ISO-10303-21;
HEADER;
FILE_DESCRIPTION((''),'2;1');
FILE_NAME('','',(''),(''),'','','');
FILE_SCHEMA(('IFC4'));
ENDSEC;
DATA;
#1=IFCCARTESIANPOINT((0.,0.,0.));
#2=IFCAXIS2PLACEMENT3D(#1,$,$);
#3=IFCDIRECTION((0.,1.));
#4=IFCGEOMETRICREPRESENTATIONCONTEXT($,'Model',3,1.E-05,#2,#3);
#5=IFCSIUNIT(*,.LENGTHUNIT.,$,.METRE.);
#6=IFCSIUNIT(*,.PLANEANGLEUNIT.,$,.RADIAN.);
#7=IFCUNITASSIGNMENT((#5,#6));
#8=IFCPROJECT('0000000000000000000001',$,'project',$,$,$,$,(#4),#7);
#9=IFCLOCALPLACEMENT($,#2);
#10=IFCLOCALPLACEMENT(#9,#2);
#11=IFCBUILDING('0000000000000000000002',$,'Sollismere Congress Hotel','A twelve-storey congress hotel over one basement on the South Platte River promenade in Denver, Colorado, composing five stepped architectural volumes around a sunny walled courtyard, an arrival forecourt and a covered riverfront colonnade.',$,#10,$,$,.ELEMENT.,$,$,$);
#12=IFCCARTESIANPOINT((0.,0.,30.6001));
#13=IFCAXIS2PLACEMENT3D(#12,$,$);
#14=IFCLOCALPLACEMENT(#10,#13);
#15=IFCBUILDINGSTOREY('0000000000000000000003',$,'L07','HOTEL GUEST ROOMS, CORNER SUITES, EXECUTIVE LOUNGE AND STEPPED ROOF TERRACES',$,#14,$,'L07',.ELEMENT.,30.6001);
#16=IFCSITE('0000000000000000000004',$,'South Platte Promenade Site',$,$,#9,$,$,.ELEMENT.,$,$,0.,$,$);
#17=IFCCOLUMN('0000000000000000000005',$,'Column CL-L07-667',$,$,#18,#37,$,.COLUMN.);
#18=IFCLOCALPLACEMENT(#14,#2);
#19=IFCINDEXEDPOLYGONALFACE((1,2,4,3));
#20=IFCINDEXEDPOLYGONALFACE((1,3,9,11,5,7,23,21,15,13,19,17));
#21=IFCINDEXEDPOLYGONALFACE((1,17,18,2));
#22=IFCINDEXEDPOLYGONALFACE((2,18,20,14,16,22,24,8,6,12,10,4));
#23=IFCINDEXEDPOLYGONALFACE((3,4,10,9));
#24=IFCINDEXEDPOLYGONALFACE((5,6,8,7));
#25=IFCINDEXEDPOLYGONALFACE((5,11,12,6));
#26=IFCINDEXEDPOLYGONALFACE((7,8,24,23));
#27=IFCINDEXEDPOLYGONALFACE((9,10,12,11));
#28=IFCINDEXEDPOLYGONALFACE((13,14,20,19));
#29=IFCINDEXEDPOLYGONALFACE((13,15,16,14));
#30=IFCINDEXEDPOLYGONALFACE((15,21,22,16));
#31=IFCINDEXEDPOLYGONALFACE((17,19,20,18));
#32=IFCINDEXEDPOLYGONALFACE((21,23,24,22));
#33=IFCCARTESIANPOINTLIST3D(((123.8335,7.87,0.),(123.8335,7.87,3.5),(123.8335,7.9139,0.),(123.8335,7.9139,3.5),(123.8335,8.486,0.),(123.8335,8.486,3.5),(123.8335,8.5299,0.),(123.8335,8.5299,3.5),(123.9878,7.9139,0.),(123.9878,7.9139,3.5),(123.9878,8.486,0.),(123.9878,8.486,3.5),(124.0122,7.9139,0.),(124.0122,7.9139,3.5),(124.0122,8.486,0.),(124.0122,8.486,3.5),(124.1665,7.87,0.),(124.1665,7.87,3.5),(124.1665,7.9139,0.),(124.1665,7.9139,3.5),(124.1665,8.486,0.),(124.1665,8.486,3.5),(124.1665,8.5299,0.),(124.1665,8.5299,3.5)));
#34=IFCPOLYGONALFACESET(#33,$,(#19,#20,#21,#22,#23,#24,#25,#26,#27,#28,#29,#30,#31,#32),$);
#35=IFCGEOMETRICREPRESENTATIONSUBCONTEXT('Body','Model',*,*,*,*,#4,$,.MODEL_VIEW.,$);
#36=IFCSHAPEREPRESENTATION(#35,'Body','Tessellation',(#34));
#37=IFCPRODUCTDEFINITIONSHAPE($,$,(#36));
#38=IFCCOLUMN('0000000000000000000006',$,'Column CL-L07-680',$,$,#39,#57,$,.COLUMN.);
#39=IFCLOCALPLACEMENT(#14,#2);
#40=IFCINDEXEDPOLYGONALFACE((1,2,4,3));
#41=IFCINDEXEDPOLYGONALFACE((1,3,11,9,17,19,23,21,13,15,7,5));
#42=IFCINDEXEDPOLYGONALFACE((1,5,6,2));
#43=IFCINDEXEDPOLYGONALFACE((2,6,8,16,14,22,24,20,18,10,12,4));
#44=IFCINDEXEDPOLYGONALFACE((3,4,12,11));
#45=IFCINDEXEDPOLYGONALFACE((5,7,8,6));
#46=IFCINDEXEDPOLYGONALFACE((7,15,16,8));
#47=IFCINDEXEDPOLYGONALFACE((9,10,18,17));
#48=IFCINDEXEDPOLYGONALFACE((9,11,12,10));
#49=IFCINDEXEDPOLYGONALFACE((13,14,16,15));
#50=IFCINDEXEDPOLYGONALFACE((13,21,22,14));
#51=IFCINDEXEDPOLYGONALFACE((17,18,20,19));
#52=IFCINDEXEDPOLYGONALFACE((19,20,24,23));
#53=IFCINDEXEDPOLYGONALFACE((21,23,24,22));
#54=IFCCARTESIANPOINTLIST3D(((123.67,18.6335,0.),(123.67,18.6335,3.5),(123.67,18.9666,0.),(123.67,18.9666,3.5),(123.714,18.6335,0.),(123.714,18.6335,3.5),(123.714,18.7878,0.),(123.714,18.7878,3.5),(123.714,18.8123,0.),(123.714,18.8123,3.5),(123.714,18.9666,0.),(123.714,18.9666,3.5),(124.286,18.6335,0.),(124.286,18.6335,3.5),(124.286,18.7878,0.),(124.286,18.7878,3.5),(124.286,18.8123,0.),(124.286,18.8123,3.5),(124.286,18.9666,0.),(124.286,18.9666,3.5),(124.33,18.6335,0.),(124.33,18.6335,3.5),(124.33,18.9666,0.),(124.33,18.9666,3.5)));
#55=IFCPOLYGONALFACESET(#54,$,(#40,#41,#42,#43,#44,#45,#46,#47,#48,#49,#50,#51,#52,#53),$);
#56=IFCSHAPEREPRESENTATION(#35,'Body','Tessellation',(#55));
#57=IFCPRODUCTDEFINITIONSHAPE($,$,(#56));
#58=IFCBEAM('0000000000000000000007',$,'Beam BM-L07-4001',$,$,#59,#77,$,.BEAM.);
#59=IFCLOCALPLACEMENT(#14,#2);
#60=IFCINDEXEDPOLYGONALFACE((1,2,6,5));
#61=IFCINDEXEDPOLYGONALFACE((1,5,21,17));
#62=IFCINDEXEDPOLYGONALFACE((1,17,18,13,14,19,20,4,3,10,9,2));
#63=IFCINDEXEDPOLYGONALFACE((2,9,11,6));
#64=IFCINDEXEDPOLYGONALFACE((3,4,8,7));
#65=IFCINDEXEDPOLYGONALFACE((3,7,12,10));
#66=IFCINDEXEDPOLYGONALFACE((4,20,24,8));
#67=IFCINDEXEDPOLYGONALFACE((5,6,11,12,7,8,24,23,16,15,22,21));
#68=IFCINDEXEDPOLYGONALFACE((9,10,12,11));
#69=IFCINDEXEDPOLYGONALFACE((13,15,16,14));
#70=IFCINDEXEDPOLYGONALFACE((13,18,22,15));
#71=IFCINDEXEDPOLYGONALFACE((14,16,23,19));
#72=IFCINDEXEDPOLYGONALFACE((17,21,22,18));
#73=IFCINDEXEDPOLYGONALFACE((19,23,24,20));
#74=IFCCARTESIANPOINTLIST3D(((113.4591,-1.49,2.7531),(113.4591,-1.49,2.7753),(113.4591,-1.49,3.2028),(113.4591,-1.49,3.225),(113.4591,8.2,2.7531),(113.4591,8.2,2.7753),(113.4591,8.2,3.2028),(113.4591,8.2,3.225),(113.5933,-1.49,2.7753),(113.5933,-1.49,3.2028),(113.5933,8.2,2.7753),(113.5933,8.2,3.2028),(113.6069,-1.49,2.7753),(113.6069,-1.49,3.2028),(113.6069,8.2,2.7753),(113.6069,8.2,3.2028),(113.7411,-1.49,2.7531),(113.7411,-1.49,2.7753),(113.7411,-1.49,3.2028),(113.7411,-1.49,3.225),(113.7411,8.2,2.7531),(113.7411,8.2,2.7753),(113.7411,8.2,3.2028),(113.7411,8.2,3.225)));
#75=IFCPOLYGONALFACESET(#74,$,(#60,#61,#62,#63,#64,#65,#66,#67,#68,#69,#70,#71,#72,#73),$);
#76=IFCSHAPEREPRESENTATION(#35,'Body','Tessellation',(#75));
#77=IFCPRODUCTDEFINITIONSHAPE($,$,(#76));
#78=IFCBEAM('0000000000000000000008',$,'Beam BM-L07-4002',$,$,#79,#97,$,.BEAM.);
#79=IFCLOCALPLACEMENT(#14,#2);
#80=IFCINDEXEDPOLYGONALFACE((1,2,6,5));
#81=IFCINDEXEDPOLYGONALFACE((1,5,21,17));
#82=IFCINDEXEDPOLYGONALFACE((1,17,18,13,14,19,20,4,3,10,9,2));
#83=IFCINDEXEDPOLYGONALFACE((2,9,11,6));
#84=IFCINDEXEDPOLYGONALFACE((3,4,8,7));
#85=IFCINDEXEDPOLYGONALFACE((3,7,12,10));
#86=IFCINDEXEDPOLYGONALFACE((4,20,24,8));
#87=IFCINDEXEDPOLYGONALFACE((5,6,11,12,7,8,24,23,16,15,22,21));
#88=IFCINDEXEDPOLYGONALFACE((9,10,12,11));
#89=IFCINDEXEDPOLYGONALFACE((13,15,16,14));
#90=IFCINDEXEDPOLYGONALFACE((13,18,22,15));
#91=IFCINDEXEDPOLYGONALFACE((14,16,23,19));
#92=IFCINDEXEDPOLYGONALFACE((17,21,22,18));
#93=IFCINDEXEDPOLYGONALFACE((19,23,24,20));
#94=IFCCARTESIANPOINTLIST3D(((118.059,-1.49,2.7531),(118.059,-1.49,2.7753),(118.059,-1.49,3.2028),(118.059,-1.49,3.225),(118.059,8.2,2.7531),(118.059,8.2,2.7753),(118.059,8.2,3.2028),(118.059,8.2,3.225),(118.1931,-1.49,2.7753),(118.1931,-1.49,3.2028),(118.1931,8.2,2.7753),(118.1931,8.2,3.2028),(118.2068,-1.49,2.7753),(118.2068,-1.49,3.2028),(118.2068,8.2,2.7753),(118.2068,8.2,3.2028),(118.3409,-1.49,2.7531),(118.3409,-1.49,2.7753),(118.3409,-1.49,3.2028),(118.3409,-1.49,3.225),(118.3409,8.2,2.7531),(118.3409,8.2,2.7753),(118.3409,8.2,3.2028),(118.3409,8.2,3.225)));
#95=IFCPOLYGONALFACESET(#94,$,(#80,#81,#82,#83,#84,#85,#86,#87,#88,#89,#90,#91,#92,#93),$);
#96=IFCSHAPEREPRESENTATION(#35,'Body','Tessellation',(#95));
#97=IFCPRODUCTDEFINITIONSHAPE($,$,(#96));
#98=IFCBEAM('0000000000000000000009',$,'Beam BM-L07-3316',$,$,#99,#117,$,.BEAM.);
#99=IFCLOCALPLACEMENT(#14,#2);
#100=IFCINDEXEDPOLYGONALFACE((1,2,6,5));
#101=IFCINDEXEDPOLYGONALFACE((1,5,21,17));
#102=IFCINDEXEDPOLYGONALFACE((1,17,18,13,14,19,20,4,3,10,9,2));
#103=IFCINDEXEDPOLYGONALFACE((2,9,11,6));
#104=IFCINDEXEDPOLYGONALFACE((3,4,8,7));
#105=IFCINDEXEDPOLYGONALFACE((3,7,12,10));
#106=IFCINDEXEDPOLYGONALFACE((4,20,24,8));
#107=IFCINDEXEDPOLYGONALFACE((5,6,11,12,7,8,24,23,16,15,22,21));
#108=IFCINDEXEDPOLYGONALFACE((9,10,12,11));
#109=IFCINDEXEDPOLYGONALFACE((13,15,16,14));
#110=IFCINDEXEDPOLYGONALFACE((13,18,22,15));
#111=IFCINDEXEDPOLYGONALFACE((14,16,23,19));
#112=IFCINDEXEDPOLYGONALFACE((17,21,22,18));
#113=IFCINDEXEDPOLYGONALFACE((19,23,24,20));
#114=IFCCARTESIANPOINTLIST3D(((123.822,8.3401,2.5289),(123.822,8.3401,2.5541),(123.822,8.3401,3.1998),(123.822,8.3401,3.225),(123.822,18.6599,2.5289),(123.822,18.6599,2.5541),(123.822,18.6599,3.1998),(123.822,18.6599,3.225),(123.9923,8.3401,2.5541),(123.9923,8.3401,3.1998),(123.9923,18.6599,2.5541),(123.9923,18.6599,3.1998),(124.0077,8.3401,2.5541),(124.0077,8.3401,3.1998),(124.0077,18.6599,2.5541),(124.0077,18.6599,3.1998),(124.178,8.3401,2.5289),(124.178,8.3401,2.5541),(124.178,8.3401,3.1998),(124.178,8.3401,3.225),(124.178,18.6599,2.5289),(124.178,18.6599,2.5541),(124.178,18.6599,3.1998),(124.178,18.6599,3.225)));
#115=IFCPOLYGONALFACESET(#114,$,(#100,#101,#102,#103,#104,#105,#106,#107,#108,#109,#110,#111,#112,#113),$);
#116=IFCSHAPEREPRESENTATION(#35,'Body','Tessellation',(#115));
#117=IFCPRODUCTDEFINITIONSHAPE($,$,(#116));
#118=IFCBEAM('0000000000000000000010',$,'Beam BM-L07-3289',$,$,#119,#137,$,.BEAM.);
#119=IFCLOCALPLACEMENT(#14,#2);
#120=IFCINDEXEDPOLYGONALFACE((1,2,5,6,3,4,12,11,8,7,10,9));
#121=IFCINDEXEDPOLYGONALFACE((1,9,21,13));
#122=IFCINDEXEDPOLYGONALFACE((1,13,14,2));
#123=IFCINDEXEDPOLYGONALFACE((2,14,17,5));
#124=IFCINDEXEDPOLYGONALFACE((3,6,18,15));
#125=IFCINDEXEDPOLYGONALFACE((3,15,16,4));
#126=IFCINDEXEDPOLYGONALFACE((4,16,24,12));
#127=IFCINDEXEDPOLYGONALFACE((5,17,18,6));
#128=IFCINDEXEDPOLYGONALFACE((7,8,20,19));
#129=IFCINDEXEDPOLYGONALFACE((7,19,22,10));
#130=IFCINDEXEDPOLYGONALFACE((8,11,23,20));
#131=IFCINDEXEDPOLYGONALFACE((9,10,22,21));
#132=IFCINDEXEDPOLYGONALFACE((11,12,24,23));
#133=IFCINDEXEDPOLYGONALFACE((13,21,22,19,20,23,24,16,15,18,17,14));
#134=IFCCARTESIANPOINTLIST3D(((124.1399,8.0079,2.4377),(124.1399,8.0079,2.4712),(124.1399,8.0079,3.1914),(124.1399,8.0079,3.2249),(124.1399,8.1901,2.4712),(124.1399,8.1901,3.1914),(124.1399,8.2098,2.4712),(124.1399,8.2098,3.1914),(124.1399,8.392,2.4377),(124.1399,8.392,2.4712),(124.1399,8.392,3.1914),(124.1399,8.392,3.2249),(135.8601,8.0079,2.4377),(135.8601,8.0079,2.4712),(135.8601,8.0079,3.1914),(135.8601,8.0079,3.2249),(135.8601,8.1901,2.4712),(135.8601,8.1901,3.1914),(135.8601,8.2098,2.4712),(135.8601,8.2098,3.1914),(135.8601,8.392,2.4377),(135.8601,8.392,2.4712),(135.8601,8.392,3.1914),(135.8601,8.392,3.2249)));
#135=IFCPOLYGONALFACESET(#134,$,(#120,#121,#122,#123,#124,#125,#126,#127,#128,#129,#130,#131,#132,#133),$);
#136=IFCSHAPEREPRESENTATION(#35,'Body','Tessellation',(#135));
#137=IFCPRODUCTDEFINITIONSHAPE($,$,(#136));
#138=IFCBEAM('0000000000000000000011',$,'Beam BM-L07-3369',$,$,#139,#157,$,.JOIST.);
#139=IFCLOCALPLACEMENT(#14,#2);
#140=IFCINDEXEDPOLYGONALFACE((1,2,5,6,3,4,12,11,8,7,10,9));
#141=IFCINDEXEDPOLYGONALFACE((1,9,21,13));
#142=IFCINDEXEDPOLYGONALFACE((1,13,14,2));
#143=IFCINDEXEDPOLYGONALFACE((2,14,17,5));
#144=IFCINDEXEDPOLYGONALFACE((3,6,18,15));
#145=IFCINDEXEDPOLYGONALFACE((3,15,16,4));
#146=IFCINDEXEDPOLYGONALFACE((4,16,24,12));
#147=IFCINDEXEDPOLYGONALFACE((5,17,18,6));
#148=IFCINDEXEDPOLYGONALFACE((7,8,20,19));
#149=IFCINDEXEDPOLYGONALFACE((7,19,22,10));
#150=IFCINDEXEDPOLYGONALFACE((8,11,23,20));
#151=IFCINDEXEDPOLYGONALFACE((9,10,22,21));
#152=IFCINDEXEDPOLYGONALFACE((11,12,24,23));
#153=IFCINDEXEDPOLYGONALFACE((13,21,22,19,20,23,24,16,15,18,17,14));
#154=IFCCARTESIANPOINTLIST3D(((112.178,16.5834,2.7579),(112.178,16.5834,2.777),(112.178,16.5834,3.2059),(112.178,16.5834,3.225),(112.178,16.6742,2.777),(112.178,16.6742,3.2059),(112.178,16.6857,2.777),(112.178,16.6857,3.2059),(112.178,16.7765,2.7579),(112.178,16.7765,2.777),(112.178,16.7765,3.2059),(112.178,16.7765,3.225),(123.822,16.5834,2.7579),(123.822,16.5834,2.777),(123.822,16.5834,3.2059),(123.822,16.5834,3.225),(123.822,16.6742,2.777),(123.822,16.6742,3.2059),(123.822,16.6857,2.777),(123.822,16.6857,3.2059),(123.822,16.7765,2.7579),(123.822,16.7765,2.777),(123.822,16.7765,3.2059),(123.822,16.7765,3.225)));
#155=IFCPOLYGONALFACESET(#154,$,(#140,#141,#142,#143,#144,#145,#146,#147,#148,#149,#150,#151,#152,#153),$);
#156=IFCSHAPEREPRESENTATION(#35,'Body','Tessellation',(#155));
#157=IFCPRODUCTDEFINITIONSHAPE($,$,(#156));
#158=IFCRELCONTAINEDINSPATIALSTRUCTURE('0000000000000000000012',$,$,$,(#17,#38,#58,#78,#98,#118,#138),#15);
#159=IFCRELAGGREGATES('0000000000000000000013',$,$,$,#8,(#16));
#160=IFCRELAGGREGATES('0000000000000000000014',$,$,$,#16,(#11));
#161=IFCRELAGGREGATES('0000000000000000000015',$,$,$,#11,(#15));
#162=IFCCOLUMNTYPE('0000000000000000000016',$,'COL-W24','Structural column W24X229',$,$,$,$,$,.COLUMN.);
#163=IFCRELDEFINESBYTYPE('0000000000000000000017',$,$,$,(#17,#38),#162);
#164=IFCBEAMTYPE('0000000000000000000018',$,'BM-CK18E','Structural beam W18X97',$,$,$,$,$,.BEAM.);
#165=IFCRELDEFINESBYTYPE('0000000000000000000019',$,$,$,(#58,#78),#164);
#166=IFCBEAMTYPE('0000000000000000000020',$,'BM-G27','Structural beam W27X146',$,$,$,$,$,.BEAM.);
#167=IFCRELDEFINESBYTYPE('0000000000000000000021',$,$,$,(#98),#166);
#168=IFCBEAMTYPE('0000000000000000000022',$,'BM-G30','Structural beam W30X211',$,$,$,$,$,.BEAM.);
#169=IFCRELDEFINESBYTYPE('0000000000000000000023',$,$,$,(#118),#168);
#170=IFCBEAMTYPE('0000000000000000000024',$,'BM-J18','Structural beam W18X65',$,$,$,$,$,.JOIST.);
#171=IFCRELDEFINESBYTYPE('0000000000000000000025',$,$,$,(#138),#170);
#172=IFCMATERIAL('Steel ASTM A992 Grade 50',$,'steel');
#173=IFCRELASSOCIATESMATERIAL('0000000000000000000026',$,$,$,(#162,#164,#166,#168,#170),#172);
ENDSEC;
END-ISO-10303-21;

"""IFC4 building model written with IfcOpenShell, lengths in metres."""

from ifc_helpers import new_model, si_unit, direction, frame, origin, origin_2d, place, context, subcontext, project, spatial, i_section, extrude, material, material_profile, profile_set, type_object, element, save


model = new_model("IFC4")

# Units and contexts
model_context = context("Model", 3, precision=1e-05, world=origin(), true_north=direction((0.0, 1.0)))
body_context = subcontext(model_context, "Body", "Model", "MODEL_VIEW")
ifc_project = project(units=[si_unit("LENGTHUNIT", "METRE"), si_unit("PLANEANGLEUNIT", "RADIAN")], contexts=[model_context])

# Site, building, storey
site_placement = place(None, origin())
site = spatial("IfcSite", under=ifc_project, at=site_placement, Name="South Platte Promenade Site", CompositionType="ELEMENT", RefElevation=0.0)
building_placement = place(site_placement, origin())
building = spatial("IfcBuilding", under=site, at=building_placement, Name="Sollismere Congress Hotel", Description="A twelve-storey congress hotel over one basement on the South Platte River promenade in Denver, Colorado, composing five stepped architectural volumes around a sunny walled courtyard, an arrival forecourt and a covered riverfront colonnade.", CompositionType="ELEMENT")
storey_placement = place(building_placement, frame((0.0, 0.0, 30.6001)))
storey = spatial("IfcBuildingStorey", under=building, at=storey_placement, Name="L07", Description="HOTEL GUEST ROOMS, CORNER SUITES, EXECUTIVE LOUNGE AND STEPPED ROOF TERRACES", LongName="L07", CompositionType="ELEMENT", Elevation=30.6001)

# Columns
ifc_material_1 = material(Name="Steel ASTM A992 Grade 50", Category="steel")
ifc_material_profile_1 = material_profile(ifc_material_1, i_section(OverallWidth=0.333, OverallDepth=0.6599, WebThickness=0.0244, FlangeThickness=0.0439, at=origin_2d()), Name="W24X229")
ifc_profile_set_1 = profile_set([ifc_material_profile_1], Name="Steel ASTM A992 Grade 50")
column_type = type_object("IfcColumnType", Name="COL-W24", Description="Structural column W24X229", PredefinedType="COLUMN", material=ifc_profile_set_1)
for number, where, z_axis, x_axis, name in (
    (1, (124.0, 8.2, 0.0), (0.0, 0.0, 1.0), (1.0, 0.0, 0.0), "Column CL-L07-667"),
    (2, (124.0, 18.8, 0.0), (0.0, 0.0, 1.0), (0.0, 1.0, 0.0), "Column CL-L07-680"),
):
    element("IfcColumn", number, at=place(storey_placement, frame(where, z_axis=z_axis, x_axis=x_axis)), inside=storey, type_object=column_type, Name=name, PredefinedType="COLUMN", context=body_context, shape_type="SweptSolid", body=[
        extrude(i_section(OverallWidth=0.333, OverallDepth=0.6599, WebThickness=0.0244, FlangeThickness=0.0439, at=origin_2d()), origin(), (0.0, 0.0, 1.0), 3.5),
    ])

# Beams
ifc_material_profile_2 = material_profile(ifc_material_1, i_section(OverallWidth=0.282, OverallDepth=0.4719, WebThickness=0.0137, FlangeThickness=0.0222, at=origin_2d()), Name="W18X97")
ifc_profile_set_2 = profile_set([ifc_material_profile_2], Name="Steel ASTM A992 Grade 50")
beam_type_1 = type_object("IfcBeamType", Name="BM-CK18E", Description="Structural beam W18X97", PredefinedType="BEAM", material=ifc_profile_set_2)
for number, where, z_axis, x_axis, name in (
    (3, (113.6001, 8.2, 2.989), (0.0, -1.0, 0.0), (1.0, 0.0, 0.0), "Beam BM-L07-4001"),
    (4, (118.2, 8.2, 2.989), (0.0, -1.0, 0.0), (1.0, 0.0, 0.0), "Beam BM-L07-4002"),
):
    element("IfcBeam", number, at=place(storey_placement, frame(where, z_axis=z_axis, x_axis=x_axis)), inside=storey, type_object=beam_type_1, Name=name, PredefinedType="BEAM", context=body_context, shape_type="SweptSolid", body=[
        extrude(i_section(OverallWidth=0.282, OverallDepth=0.4719, WebThickness=0.0137, FlangeThickness=0.0222, at=origin_2d()), origin(), (0.0, 0.0, 1.0), 9.6899),
    ])
ifc_material_profile_3 = material_profile(ifc_material_1, i_section(OverallWidth=0.356, OverallDepth=0.696, WebThickness=0.0154, FlangeThickness=0.0251, at=origin_2d()), Name="W27X146")
ifc_profile_set_3 = profile_set([ifc_material_profile_3], Name="Steel ASTM A992 Grade 50")
beam_type_2 = type_object("IfcBeamType", Name="BM-G27", Description="Structural beam W27X146", PredefinedType="BEAM", material=ifc_profile_set_3)
beam_1_placement = place(storey_placement, frame((124.0, 8.3401, 2.877), z_axis=(0.0, 1.0, 0.0), x_axis=(-1.0, 0.0, 0.0)))
element("IfcBeam", 5, at=beam_1_placement, inside=storey, type_object=beam_type_2, Name="Beam BM-L07-3316", PredefinedType="BEAM", context=body_context, shape_type="SweptSolid", body=[
    extrude(i_section(OverallWidth=0.356, OverallDepth=0.696, WebThickness=0.0154, FlangeThickness=0.0251, at=origin_2d()), origin(), (0.0, 0.0, 1.0), 10.3198),
])
ifc_material_profile_4 = material_profile(ifc_material_1, i_section(OverallWidth=0.384, OverallDepth=0.7871, WebThickness=0.0198, FlangeThickness=0.0334, at=origin_2d()), Name="W30X211")
ifc_profile_set_4 = profile_set([ifc_material_profile_4], Name="Steel ASTM A992 Grade 50")
beam_type_3 = type_object("IfcBeamType", Name="BM-G30", Description="Structural beam W30X211", PredefinedType="BEAM", material=ifc_profile_set_4)
beam_2_placement = place(storey_placement, frame((124.1399, 8.2, 2.8313), z_axis=(1.0, 0.0, 0.0), x_axis=(0.0, 1.0, 0.0)))
element("IfcBeam", 6, at=beam_2_placement, inside=storey, type_object=beam_type_3, Name="Beam BM-L07-3289", PredefinedType="BEAM", context=body_context, shape_type="SweptSolid", body=[
    extrude(i_section(OverallWidth=0.384, OverallDepth=0.7871, WebThickness=0.0198, FlangeThickness=0.0334, at=origin_2d()), origin(), (0.0, 0.0, 1.0), 11.7202),
])
ifc_material_profile_5 = material_profile(ifc_material_1, i_section(OverallWidth=0.1931, OverallDepth=0.467, WebThickness=0.0115, FlangeThickness=0.019, at=origin_2d()), Name="W18X65")
ifc_profile_set_5 = profile_set([ifc_material_profile_5], Name="Steel ASTM A992 Grade 50")
beam_type_4 = type_object("IfcBeamType", Name="BM-J18", Description="Structural beam W18X65", PredefinedType="JOIST", material=ifc_profile_set_5)
beam_3_placement = place(storey_placement, frame((112.178, 16.6799, 2.9915), z_axis=(1.0, 0.0, 0.0), x_axis=(0.0, 1.0, 0.0)))
element("IfcBeam", 7, at=beam_3_placement, inside=storey, type_object=beam_type_4, Name="Beam BM-L07-3369", PredefinedType="JOIST", context=body_context, shape_type="SweptSolid", body=[
    extrude(i_section(OverallWidth=0.1931, OverallDepth=0.467, WebThickness=0.0115, FlangeThickness=0.019, at=origin_2d()), origin(), (0.0, 0.0, 1.0), 11.644),
])

save(model, "model.ifc")
